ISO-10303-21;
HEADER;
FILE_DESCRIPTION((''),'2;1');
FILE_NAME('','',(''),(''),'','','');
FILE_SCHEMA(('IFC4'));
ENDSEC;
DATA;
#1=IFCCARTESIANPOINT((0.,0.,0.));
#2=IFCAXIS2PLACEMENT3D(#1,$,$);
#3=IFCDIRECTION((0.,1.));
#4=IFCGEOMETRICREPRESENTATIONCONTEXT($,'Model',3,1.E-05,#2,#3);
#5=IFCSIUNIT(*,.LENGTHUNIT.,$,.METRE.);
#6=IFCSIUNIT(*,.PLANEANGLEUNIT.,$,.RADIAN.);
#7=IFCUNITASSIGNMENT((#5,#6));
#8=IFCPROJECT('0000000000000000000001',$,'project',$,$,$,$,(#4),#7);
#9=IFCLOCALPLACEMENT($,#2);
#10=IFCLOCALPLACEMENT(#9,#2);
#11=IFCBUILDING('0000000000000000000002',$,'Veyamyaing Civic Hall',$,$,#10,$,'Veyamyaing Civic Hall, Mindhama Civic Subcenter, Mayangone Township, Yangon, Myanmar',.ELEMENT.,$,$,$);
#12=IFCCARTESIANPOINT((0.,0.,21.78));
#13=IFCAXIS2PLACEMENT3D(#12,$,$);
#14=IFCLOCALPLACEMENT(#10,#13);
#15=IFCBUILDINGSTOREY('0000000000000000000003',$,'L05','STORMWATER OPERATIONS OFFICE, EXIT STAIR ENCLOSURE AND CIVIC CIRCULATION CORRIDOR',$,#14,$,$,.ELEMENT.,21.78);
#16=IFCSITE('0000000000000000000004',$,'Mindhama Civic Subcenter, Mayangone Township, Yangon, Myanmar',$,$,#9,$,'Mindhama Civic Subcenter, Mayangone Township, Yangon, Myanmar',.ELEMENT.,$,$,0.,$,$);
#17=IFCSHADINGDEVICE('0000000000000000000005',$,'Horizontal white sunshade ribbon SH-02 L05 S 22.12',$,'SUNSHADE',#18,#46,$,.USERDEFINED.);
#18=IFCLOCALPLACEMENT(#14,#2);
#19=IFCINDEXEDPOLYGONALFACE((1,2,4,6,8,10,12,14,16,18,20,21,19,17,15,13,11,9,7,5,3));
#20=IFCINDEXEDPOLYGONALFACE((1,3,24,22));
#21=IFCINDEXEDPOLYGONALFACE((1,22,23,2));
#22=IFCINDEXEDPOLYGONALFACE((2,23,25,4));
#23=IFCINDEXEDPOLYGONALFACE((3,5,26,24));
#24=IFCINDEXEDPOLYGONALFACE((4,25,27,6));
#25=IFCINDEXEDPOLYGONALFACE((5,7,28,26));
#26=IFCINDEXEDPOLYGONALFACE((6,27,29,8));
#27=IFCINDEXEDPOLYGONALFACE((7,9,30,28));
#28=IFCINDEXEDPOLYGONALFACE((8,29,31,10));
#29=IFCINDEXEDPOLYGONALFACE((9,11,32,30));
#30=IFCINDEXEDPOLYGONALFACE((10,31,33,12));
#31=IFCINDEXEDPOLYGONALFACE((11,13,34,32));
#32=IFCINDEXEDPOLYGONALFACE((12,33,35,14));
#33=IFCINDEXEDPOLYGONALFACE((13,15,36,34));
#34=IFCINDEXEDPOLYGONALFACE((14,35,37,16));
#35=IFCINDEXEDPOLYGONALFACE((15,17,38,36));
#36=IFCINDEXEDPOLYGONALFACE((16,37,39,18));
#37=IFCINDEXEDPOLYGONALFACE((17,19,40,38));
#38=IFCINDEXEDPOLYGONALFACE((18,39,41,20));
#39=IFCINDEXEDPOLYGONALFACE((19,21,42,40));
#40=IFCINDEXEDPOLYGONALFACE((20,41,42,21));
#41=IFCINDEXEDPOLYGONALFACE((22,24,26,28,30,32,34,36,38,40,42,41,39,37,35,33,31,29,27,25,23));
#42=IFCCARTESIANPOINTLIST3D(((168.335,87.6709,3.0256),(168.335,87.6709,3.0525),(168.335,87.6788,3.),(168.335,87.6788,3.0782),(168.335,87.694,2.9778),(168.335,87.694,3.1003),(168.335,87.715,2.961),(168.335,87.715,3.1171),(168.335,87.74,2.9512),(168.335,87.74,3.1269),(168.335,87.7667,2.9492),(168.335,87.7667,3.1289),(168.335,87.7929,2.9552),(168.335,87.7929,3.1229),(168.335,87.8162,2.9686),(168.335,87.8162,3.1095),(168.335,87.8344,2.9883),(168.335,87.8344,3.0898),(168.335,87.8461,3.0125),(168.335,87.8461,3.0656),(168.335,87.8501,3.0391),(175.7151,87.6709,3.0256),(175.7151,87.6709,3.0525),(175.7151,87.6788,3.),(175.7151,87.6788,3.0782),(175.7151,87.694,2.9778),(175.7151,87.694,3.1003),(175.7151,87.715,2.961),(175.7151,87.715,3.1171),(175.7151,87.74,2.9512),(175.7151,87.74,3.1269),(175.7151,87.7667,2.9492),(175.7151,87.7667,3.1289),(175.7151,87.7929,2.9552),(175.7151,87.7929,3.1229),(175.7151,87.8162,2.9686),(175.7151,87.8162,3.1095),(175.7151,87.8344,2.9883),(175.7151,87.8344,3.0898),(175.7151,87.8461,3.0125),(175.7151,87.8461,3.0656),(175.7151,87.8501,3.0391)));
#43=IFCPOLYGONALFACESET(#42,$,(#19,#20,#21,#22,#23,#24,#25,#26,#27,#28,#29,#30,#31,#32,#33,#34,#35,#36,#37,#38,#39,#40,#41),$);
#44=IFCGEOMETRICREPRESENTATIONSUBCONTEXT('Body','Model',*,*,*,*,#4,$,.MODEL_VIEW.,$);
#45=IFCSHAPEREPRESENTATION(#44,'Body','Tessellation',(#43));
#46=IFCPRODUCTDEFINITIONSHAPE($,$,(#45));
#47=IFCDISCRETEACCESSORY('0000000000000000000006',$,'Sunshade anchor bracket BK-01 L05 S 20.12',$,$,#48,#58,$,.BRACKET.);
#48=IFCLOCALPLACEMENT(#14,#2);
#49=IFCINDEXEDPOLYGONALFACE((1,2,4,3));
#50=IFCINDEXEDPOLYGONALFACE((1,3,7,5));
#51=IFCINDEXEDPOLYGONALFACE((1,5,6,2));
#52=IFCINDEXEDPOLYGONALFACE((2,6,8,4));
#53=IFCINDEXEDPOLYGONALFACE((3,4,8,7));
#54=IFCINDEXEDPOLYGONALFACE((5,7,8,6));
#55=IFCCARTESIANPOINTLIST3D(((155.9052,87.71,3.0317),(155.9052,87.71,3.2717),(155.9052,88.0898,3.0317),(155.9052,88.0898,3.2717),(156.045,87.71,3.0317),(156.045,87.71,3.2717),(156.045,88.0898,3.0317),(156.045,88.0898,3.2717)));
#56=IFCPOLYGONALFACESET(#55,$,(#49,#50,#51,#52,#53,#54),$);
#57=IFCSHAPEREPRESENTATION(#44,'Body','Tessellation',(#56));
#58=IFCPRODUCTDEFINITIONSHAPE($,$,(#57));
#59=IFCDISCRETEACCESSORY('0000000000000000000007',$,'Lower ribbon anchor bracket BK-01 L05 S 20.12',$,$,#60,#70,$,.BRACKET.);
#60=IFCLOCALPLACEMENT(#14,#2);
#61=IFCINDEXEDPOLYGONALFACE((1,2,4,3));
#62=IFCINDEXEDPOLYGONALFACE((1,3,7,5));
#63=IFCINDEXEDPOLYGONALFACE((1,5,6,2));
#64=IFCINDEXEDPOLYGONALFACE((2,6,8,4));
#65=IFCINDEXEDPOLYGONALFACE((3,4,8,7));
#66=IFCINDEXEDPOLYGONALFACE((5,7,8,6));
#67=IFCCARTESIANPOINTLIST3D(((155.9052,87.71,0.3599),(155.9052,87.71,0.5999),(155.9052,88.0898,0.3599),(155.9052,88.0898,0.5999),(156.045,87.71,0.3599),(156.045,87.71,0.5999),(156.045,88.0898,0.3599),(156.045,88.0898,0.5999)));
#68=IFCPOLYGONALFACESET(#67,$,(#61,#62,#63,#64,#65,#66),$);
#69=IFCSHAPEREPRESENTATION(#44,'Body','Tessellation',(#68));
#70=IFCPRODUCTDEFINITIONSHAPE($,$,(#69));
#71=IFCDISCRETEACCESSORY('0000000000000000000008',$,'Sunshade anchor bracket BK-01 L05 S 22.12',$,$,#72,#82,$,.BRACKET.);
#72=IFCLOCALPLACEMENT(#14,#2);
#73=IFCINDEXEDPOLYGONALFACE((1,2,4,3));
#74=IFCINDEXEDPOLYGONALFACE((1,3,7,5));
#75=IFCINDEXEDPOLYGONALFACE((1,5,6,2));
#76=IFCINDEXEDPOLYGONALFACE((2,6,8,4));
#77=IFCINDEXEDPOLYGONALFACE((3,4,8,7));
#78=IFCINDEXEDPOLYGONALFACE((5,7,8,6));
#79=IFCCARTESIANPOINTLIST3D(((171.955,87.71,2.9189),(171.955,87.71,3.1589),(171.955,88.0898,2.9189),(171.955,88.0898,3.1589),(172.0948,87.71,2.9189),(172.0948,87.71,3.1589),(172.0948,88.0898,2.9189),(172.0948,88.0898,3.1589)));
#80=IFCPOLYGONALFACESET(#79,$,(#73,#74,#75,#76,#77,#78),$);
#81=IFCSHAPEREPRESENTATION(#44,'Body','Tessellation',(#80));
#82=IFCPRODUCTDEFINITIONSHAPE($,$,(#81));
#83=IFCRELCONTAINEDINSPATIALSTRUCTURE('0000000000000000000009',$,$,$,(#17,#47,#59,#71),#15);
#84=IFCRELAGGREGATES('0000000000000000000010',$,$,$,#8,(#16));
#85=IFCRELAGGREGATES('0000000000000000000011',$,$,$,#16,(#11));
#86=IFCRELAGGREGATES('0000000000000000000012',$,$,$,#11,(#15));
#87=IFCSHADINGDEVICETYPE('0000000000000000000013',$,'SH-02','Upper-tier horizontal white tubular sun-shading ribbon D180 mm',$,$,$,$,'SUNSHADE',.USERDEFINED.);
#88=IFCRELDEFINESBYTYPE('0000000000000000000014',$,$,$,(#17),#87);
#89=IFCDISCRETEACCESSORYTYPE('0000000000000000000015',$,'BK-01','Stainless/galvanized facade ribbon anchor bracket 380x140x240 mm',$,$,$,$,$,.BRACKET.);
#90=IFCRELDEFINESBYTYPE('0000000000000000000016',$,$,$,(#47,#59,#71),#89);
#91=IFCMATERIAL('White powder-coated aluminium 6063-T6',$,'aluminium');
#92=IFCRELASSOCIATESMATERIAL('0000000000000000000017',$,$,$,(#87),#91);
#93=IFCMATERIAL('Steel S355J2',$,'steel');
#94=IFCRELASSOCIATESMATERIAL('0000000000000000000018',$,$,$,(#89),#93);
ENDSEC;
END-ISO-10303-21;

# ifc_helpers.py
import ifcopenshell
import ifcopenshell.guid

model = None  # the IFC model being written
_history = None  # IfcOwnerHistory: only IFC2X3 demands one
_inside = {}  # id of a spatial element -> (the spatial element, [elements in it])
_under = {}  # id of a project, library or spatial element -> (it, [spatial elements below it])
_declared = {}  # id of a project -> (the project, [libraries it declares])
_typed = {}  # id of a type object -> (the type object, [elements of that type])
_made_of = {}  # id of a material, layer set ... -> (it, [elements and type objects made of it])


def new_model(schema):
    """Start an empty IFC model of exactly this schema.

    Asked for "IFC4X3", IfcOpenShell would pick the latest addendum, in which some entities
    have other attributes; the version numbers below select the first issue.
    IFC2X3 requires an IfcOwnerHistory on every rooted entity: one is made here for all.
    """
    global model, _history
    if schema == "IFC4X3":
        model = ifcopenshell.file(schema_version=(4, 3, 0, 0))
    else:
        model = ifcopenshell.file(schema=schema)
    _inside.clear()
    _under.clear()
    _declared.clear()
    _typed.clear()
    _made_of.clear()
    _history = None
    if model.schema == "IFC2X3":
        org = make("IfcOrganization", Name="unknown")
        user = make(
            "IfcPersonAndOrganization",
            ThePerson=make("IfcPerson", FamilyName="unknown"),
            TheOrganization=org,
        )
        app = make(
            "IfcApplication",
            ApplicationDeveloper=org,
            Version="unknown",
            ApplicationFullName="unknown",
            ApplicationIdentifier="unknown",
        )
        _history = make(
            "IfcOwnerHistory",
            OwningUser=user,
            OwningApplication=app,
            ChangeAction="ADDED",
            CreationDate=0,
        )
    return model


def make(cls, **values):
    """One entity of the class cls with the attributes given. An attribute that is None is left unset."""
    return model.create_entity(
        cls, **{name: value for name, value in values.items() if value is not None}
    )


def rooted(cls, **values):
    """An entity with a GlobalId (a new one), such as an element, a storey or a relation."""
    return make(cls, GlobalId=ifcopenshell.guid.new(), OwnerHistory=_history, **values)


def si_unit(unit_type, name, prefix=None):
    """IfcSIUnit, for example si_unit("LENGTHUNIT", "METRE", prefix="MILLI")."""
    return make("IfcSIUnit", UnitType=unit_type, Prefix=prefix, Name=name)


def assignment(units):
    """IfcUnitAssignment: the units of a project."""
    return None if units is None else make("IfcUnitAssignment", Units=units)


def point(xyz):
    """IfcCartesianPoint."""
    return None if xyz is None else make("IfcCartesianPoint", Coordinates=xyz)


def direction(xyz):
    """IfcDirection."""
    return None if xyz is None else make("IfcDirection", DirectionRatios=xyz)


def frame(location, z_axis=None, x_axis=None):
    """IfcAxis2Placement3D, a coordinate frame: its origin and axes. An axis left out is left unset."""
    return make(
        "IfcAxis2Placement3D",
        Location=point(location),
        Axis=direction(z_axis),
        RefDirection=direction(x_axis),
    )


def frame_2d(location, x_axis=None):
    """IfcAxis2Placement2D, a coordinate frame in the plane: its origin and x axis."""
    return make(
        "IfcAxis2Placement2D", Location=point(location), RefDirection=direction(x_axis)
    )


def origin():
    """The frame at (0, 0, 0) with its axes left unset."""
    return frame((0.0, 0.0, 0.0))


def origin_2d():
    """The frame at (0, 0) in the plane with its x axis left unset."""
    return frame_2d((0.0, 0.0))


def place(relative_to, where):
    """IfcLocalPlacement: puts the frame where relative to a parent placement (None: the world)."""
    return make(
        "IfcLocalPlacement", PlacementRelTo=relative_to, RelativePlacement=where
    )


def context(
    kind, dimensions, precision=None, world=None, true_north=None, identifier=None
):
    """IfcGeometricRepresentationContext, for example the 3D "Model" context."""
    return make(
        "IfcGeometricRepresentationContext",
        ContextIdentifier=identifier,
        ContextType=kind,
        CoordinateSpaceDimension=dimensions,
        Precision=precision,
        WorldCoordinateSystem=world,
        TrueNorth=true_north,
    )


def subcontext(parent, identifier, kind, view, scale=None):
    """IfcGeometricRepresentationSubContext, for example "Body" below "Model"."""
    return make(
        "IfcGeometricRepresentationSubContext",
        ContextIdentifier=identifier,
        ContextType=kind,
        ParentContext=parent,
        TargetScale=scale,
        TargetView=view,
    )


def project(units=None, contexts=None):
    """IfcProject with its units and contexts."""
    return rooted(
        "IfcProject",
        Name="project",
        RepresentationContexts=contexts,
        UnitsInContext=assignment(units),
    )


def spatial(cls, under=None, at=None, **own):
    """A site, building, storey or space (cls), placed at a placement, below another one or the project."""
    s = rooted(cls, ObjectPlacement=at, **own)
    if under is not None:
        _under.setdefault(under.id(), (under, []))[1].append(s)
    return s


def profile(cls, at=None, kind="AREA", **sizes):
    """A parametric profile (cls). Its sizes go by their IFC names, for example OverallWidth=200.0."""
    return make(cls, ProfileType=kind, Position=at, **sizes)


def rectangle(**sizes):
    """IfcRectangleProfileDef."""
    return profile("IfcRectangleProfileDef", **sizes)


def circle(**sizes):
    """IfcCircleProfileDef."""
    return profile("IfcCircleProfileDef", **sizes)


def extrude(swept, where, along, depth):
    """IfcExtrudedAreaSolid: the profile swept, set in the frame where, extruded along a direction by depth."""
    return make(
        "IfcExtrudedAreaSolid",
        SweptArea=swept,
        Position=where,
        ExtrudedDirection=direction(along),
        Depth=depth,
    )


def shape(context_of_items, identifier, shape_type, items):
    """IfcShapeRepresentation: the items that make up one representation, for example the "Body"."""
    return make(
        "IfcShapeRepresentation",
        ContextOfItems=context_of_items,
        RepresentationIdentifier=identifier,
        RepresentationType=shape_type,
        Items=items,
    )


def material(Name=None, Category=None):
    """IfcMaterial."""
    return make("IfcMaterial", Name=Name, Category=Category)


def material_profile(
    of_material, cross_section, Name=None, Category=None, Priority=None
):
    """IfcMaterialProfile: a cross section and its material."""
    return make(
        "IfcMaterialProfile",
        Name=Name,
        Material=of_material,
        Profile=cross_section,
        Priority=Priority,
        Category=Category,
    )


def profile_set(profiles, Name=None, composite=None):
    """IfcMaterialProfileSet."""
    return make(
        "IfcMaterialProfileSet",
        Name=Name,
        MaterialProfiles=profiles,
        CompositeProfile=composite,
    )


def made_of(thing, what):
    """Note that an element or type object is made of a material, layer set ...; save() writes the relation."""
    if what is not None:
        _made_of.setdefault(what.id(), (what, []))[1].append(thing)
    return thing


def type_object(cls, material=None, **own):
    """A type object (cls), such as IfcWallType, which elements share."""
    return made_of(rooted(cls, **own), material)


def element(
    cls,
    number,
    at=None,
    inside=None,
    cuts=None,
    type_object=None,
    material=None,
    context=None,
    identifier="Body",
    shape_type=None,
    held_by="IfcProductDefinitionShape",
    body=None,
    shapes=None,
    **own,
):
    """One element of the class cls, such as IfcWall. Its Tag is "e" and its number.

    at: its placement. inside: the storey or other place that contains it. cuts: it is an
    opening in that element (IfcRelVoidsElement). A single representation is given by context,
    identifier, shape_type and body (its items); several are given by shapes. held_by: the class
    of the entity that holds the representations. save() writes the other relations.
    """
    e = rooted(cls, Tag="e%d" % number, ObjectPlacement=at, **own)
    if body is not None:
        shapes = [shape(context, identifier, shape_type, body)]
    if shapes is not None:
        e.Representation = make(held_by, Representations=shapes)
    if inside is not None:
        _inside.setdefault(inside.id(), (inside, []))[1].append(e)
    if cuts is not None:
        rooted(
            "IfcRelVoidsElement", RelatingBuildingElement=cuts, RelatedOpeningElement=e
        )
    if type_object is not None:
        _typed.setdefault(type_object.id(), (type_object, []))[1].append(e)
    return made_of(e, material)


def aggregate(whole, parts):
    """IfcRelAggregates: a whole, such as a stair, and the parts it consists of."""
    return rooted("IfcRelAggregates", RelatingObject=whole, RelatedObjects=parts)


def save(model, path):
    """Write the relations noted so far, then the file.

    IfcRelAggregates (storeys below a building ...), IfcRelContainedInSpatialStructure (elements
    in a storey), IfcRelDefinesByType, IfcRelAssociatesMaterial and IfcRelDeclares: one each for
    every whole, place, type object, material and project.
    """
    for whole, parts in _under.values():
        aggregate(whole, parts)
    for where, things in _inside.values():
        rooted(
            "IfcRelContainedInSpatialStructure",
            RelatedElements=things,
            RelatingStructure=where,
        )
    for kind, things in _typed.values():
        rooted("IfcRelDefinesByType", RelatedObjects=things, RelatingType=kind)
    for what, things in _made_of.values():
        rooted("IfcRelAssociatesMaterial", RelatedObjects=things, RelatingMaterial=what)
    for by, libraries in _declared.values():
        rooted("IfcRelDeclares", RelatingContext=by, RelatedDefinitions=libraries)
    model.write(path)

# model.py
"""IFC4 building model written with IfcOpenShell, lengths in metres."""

from ifc_helpers import new_model, si_unit, direction, frame, origin, origin_2d, place, context, subcontext, project, spatial, rectangle, circle, extrude, material, material_profile, profile_set, type_object, element, save


model = new_model("IFC4")

# Units and contexts
model_context = context("Model", 3, precision=1e-05, world=origin(), true_north=direction((0.0, 1.0)))
body_context = subcontext(model_context, "Body", "Model", "MODEL_VIEW")
ifc_project = project(units=[si_unit("LENGTHUNIT", "METRE"), si_unit("PLANEANGLEUNIT", "RADIAN")], contexts=[model_context])

# Site, building, storey
site_placement = place(None, origin())
site = spatial("IfcSite", under=ifc_project, at=site_placement, Name="Mindhama Civic Subcenter, Mayangone Township, Yangon, Myanmar", LongName="Mindhama Civic Subcenter, Mayangone Township, Yangon, Myanmar", CompositionType="ELEMENT", RefElevation=0.0)
building_placement = place(site_placement, origin())
building = spatial("IfcBuilding", under=site, at=building_placement, Name="Veyamyaing Civic Hall", LongName="Veyamyaing Civic Hall, Mindhama Civic Subcenter, Mayangone Township, Yangon, Myanmar", CompositionType="ELEMENT")
storey_placement = place(building_placement, frame((0.0, 0.0, 21.78)))
storey = spatial("IfcBuildingStorey", under=building, at=storey_placement, Name="L05", Description="STORMWATER OPERATIONS OFFICE, EXIT STAIR ENCLOSURE AND CIVIC CIRCULATION CORRIDOR", CompositionType="ELEMENT", Elevation=21.78)

# Shared definitions
ifc_material_1 = material(Name="White powder-coated aluminium 6063-T6", Category="aluminium")

# Shared definitions
ifc_material_2 = material(Name="Steel S355J2", Category="steel")

# Shading device
ifc_material_profile_1 = material_profile(ifc_material_1, circle(Radius=0.0901, at=origin_2d()), Name="SHADE-TUBE-180")
ifc_profile_set_1 = profile_set([ifc_material_profile_1], Name="White powder-coated aluminium 6063-T6")
shading_device_type = type_object("IfcShadingDeviceType", Name="SH-02", Description="Upper-tier horizontal white tubular sun-shading ribbon D180 mm", ElementType="SUNSHADE", PredefinedType="USERDEFINED", material=ifc_profile_set_1)
shading_device_placement = place(storey_placement, frame((168.335, 87.76, 3.0391), z_axis=(1.0, 0.0, 0.0), x_axis=(0.0, 1.0, 0.0)))
element("IfcShadingDevice", 1, at=shading_device_placement, inside=storey, type_object=shading_device_type, Name="Horizontal white sunshade ribbon SH-02 L05 S 22.12", ObjectType="SUNSHADE", PredefinedType="USERDEFINED", context=body_context, shape_type="SweptSolid", body=[
    extrude(circle(Radius=0.0901, at=origin_2d()), origin(), (0.0, 0.0, 1.0), 7.3801),
])

# Discrete accessories
discrete_accessory_type = type_object("IfcDiscreteAccessoryType", Name="BK-01", Description="Stainless/galvanized facade ribbon anchor bracket 380x140x240 mm", PredefinedType="BRACKET", material=ifc_material_2)
for number, where, z_axis, x_axis, name in (
    (2, (155.9751, 87.8999, 3.0317), (0.0, 0.0, 1.0), (0.0, -1.0, 0.0), "Sunshade anchor bracket BK-01 L05 S 20.12"),
    (3, (155.9751, 87.8999, 0.3599), (0.0, 0.0, 1.0), (0.0, -1.0, 0.0), "Lower ribbon anchor bracket BK-01 L05 S 20.12"),
    (4, (172.0249, 87.8999, 2.9189), (0.0, 0.0, 1.0), (0.0, -1.0, 0.0), "Sunshade anchor bracket BK-01 L05 S 22.12"),
):
    element("IfcDiscreteAccessory", number, at=place(storey_placement, frame(where, z_axis=z_axis, x_axis=x_axis)), inside=storey, type_object=discrete_accessory_type, Name=name, PredefinedType="BRACKET", context=body_context, shape_type="SweptSolid", body=[
        extrude(rectangle(XDim=0.3799, YDim=0.1399, at=origin_2d()), origin(), (0.0, 0.0, 1.0), 0.24),
    ])

save(model, "model.ifc")
